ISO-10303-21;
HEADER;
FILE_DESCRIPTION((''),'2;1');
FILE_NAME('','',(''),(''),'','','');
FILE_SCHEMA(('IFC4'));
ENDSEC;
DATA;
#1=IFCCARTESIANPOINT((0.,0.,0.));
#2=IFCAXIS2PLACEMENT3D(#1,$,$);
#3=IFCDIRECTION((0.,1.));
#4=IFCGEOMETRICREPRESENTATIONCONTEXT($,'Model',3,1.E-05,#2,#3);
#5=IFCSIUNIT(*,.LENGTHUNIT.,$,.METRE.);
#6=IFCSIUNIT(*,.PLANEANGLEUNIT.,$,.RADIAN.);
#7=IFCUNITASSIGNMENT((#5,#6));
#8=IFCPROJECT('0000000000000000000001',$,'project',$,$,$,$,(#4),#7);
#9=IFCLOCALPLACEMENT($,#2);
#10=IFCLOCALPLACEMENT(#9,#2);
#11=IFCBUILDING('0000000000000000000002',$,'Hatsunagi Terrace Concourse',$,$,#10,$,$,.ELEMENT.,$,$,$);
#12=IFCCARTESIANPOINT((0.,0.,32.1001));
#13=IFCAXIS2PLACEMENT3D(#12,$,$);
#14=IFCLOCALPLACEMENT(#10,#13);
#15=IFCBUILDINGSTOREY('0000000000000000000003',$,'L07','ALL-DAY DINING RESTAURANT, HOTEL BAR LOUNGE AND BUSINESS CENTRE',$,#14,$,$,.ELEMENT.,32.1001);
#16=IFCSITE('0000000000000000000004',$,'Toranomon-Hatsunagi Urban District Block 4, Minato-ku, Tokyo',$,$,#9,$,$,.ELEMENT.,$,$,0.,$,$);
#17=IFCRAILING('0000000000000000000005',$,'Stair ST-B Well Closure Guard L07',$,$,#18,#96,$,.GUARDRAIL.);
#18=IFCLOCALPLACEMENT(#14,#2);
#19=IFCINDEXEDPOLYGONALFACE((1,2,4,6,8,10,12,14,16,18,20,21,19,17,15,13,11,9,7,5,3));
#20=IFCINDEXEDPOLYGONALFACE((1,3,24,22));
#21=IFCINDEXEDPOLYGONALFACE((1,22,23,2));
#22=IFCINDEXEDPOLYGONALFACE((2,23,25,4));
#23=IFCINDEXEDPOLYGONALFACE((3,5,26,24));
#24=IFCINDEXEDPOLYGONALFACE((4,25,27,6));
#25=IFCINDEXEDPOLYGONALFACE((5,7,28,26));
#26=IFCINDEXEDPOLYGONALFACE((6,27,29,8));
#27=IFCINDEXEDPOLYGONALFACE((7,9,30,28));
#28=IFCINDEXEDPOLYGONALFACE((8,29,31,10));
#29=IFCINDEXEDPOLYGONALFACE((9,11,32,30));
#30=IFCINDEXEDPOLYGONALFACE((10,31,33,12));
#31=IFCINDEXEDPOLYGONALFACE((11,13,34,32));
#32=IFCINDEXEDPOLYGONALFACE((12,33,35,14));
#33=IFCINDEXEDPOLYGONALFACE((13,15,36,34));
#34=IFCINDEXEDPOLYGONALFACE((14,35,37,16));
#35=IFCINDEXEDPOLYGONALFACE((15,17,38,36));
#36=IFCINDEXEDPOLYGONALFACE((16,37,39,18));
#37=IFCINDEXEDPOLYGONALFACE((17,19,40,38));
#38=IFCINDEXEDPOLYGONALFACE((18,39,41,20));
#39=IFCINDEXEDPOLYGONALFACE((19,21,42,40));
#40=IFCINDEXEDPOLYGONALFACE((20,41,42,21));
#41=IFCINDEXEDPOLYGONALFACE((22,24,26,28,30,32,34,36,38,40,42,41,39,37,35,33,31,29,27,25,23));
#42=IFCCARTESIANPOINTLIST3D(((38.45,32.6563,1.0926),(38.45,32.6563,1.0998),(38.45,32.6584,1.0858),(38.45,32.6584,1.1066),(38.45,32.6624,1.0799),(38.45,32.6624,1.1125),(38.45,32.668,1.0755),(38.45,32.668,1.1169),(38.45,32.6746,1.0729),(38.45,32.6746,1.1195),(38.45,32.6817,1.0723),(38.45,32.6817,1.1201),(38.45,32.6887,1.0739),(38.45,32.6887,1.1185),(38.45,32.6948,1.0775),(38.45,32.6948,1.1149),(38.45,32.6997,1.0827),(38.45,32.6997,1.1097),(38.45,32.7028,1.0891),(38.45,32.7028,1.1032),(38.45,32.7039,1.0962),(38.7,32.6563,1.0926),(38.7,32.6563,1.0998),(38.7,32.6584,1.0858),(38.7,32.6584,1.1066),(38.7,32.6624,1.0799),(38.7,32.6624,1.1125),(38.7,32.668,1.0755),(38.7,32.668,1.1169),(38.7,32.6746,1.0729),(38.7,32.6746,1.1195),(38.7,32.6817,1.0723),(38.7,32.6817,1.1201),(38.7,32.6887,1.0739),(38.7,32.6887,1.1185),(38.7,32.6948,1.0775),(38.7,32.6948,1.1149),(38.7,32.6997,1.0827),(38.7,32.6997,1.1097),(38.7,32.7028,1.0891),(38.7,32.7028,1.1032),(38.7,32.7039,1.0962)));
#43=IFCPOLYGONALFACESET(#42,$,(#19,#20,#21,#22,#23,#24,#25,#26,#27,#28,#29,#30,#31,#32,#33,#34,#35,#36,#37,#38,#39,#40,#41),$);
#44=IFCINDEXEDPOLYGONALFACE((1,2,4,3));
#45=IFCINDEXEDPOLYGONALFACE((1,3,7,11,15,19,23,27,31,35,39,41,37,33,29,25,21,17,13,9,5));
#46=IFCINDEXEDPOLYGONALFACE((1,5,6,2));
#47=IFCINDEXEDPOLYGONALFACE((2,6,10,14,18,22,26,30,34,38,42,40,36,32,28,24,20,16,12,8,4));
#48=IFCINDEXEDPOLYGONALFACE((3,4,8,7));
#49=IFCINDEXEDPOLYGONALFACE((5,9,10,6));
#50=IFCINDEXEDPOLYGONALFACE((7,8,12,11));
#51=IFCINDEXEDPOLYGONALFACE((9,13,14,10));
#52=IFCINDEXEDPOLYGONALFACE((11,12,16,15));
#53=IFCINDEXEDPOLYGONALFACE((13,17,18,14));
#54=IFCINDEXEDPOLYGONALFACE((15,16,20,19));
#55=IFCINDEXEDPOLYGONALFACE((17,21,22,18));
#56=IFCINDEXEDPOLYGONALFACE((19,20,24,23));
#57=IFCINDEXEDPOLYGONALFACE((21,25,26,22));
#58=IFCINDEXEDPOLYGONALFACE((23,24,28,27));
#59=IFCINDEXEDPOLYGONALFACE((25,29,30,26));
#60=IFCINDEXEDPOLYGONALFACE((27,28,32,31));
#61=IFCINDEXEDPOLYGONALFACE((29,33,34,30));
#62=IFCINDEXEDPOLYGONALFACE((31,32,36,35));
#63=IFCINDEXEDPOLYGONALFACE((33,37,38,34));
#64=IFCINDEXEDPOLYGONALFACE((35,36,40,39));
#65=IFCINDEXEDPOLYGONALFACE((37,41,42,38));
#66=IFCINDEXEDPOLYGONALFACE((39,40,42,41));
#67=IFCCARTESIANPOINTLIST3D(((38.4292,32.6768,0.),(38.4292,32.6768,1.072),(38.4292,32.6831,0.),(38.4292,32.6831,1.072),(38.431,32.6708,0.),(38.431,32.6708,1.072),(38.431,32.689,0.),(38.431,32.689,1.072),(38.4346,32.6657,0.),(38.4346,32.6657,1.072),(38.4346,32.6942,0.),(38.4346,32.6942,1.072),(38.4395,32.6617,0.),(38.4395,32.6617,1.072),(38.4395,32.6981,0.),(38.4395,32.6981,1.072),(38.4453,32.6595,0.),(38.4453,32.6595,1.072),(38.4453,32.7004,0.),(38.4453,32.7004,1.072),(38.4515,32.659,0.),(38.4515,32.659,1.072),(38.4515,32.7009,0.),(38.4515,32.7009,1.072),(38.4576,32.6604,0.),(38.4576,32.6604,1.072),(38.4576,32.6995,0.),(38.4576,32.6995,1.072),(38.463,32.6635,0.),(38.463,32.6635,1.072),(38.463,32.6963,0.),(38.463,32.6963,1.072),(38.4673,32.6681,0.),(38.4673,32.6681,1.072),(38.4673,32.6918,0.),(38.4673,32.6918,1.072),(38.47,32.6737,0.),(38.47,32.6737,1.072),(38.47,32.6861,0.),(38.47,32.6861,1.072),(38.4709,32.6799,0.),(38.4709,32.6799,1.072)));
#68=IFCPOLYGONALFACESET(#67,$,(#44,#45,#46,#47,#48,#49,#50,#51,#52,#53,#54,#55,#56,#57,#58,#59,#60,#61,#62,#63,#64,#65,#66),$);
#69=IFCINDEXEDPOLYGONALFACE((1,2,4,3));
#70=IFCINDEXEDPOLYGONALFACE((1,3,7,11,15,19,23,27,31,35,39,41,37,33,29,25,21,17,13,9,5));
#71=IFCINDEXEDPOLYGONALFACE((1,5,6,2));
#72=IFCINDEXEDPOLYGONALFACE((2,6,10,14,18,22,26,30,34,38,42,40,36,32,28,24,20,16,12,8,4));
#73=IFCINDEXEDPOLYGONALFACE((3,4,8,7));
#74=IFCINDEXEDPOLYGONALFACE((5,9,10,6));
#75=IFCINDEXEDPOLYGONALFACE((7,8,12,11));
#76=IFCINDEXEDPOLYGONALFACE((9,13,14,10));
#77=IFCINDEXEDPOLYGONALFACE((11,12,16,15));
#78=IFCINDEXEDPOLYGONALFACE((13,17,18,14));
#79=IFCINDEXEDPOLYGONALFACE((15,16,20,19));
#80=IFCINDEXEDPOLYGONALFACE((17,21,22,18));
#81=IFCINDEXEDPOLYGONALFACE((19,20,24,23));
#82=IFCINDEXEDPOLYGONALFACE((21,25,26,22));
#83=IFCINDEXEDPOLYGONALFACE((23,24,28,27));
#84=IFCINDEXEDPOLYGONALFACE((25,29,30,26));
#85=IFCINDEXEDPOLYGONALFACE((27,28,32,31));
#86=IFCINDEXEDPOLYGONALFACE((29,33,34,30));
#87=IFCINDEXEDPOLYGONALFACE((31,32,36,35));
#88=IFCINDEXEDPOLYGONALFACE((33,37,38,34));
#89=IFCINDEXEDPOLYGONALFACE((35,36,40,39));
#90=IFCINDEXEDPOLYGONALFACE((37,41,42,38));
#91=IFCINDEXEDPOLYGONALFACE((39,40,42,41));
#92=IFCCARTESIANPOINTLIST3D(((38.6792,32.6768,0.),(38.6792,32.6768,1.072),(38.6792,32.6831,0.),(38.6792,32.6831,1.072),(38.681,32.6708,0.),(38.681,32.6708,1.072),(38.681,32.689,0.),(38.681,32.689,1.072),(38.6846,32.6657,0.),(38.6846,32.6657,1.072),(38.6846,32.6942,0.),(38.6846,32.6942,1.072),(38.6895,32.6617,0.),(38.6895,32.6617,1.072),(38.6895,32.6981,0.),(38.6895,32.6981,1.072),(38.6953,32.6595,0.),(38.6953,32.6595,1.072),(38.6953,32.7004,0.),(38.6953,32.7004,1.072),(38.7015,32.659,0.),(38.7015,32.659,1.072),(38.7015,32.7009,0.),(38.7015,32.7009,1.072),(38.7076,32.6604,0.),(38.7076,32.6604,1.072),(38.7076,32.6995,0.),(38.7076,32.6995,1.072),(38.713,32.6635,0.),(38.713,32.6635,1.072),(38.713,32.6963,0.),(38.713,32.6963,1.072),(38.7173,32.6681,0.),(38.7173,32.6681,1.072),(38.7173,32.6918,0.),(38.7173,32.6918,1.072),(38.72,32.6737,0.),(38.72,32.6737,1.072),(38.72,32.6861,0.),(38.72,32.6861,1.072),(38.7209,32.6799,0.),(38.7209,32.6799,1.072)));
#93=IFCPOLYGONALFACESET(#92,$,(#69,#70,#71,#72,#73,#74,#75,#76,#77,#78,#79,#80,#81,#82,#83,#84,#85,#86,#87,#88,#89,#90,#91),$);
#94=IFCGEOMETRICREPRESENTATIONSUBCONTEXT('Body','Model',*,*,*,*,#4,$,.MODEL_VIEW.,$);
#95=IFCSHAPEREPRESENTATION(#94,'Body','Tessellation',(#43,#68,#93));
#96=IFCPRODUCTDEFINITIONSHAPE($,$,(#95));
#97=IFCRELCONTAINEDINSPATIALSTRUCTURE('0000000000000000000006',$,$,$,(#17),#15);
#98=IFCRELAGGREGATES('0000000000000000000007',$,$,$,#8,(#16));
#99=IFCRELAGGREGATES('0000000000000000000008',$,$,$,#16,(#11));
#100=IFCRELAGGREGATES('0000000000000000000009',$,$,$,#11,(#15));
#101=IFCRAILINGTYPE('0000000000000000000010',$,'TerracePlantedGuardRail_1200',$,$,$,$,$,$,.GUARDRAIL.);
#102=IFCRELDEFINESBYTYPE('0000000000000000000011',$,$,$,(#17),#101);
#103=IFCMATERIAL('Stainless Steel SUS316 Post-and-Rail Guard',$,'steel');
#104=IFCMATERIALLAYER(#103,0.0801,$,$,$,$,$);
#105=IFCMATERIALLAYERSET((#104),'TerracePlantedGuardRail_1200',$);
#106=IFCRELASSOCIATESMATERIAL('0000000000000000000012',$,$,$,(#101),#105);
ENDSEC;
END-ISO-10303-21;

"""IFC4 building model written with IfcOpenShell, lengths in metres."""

from ifc_helpers import new_model, si_unit, direction, frame, origin, origin_2d, place, context, subcontext, project, spatial, circle, extrude, material, layer, layer_set, type_object, element, save


model = new_model("IFC4")

# Units and contexts
model_context = context("Model", 3, precision=1e-05, world=origin(), true_north=direction((0.0, 1.0)))
body_context = subcontext(model_context, "Body", "Model", "MODEL_VIEW")
ifc_project = project(units=[si_unit("LENGTHUNIT", "METRE"), si_unit("PLANEANGLEUNIT", "RADIAN")], contexts=[model_context])

# Site, building, storey
site_placement = place(None, origin())
site = spatial("IfcSite", under=ifc_project, at=site_placement, Name="Toranomon-Hatsunagi Urban District Block 4, Minato-ku, Tokyo", CompositionType="ELEMENT", RefElevation=0.0)
building_placement = place(site_placement, origin())
building = spatial("IfcBuilding", under=site, at=building_placement, Name="Hatsunagi Terrace Concourse", CompositionType="ELEMENT")
storey_placement = place(building_placement, frame((0.0, 0.0, 32.1001)))
storey = spatial("IfcBuildingStorey", under=building, at=storey_placement, Name="L07", Description="ALL-DAY DINING RESTAURANT, HOTEL BAR LOUNGE AND BUSINESS CENTRE", CompositionType="ELEMENT", Elevation=32.1001)

# Railing
ifc_material_1 = material(Name="Stainless Steel SUS316 Post-and-Rail Guard", Category="steel")
ifc_layer_1 = layer(ifc_material_1, 0.0801)
ifc_layer_set_1 = layer_set([ifc_layer_1], Name="TerracePlantedGuardRail_1200")
railing_type_1 = type_object("IfcRailingType", Name="TerracePlantedGuardRail_1200", PredefinedType="GUARDRAIL", material=ifc_layer_set_1)
for number, where, name in (
    (1, (38.45, 32.6799, 0.0), "Stair ST-B Well Closure Guard L07"),
):
    element("IfcRailing", number, at=place(storey_placement, frame(where)), inside=storey, type_object=railing_type_1, Name=name, PredefinedType="GUARDRAIL", context=body_context, shape_type="SweptSolid", body=[
        extrude(circle(Radius=0.0239, at=origin_2d()), frame((0.0, 0.0, 1.0962), z_axis=(1.0, 0.0, 0.0), x_axis=(0.0, 1.0, 0.0)), (0.0, 0.0, 1.0), 0.25),
        extrude(circle(Radius=0.021, at=origin_2d()), origin(), (0.0, 0.0, 1.0), 1.072),
        extrude(circle(Radius=0.021, at=origin_2d()), frame((0.25, 0.0, 0.0)), (0.0, 0.0, 1.0), 1.072),
    ])

save(model, "model.ifc")
